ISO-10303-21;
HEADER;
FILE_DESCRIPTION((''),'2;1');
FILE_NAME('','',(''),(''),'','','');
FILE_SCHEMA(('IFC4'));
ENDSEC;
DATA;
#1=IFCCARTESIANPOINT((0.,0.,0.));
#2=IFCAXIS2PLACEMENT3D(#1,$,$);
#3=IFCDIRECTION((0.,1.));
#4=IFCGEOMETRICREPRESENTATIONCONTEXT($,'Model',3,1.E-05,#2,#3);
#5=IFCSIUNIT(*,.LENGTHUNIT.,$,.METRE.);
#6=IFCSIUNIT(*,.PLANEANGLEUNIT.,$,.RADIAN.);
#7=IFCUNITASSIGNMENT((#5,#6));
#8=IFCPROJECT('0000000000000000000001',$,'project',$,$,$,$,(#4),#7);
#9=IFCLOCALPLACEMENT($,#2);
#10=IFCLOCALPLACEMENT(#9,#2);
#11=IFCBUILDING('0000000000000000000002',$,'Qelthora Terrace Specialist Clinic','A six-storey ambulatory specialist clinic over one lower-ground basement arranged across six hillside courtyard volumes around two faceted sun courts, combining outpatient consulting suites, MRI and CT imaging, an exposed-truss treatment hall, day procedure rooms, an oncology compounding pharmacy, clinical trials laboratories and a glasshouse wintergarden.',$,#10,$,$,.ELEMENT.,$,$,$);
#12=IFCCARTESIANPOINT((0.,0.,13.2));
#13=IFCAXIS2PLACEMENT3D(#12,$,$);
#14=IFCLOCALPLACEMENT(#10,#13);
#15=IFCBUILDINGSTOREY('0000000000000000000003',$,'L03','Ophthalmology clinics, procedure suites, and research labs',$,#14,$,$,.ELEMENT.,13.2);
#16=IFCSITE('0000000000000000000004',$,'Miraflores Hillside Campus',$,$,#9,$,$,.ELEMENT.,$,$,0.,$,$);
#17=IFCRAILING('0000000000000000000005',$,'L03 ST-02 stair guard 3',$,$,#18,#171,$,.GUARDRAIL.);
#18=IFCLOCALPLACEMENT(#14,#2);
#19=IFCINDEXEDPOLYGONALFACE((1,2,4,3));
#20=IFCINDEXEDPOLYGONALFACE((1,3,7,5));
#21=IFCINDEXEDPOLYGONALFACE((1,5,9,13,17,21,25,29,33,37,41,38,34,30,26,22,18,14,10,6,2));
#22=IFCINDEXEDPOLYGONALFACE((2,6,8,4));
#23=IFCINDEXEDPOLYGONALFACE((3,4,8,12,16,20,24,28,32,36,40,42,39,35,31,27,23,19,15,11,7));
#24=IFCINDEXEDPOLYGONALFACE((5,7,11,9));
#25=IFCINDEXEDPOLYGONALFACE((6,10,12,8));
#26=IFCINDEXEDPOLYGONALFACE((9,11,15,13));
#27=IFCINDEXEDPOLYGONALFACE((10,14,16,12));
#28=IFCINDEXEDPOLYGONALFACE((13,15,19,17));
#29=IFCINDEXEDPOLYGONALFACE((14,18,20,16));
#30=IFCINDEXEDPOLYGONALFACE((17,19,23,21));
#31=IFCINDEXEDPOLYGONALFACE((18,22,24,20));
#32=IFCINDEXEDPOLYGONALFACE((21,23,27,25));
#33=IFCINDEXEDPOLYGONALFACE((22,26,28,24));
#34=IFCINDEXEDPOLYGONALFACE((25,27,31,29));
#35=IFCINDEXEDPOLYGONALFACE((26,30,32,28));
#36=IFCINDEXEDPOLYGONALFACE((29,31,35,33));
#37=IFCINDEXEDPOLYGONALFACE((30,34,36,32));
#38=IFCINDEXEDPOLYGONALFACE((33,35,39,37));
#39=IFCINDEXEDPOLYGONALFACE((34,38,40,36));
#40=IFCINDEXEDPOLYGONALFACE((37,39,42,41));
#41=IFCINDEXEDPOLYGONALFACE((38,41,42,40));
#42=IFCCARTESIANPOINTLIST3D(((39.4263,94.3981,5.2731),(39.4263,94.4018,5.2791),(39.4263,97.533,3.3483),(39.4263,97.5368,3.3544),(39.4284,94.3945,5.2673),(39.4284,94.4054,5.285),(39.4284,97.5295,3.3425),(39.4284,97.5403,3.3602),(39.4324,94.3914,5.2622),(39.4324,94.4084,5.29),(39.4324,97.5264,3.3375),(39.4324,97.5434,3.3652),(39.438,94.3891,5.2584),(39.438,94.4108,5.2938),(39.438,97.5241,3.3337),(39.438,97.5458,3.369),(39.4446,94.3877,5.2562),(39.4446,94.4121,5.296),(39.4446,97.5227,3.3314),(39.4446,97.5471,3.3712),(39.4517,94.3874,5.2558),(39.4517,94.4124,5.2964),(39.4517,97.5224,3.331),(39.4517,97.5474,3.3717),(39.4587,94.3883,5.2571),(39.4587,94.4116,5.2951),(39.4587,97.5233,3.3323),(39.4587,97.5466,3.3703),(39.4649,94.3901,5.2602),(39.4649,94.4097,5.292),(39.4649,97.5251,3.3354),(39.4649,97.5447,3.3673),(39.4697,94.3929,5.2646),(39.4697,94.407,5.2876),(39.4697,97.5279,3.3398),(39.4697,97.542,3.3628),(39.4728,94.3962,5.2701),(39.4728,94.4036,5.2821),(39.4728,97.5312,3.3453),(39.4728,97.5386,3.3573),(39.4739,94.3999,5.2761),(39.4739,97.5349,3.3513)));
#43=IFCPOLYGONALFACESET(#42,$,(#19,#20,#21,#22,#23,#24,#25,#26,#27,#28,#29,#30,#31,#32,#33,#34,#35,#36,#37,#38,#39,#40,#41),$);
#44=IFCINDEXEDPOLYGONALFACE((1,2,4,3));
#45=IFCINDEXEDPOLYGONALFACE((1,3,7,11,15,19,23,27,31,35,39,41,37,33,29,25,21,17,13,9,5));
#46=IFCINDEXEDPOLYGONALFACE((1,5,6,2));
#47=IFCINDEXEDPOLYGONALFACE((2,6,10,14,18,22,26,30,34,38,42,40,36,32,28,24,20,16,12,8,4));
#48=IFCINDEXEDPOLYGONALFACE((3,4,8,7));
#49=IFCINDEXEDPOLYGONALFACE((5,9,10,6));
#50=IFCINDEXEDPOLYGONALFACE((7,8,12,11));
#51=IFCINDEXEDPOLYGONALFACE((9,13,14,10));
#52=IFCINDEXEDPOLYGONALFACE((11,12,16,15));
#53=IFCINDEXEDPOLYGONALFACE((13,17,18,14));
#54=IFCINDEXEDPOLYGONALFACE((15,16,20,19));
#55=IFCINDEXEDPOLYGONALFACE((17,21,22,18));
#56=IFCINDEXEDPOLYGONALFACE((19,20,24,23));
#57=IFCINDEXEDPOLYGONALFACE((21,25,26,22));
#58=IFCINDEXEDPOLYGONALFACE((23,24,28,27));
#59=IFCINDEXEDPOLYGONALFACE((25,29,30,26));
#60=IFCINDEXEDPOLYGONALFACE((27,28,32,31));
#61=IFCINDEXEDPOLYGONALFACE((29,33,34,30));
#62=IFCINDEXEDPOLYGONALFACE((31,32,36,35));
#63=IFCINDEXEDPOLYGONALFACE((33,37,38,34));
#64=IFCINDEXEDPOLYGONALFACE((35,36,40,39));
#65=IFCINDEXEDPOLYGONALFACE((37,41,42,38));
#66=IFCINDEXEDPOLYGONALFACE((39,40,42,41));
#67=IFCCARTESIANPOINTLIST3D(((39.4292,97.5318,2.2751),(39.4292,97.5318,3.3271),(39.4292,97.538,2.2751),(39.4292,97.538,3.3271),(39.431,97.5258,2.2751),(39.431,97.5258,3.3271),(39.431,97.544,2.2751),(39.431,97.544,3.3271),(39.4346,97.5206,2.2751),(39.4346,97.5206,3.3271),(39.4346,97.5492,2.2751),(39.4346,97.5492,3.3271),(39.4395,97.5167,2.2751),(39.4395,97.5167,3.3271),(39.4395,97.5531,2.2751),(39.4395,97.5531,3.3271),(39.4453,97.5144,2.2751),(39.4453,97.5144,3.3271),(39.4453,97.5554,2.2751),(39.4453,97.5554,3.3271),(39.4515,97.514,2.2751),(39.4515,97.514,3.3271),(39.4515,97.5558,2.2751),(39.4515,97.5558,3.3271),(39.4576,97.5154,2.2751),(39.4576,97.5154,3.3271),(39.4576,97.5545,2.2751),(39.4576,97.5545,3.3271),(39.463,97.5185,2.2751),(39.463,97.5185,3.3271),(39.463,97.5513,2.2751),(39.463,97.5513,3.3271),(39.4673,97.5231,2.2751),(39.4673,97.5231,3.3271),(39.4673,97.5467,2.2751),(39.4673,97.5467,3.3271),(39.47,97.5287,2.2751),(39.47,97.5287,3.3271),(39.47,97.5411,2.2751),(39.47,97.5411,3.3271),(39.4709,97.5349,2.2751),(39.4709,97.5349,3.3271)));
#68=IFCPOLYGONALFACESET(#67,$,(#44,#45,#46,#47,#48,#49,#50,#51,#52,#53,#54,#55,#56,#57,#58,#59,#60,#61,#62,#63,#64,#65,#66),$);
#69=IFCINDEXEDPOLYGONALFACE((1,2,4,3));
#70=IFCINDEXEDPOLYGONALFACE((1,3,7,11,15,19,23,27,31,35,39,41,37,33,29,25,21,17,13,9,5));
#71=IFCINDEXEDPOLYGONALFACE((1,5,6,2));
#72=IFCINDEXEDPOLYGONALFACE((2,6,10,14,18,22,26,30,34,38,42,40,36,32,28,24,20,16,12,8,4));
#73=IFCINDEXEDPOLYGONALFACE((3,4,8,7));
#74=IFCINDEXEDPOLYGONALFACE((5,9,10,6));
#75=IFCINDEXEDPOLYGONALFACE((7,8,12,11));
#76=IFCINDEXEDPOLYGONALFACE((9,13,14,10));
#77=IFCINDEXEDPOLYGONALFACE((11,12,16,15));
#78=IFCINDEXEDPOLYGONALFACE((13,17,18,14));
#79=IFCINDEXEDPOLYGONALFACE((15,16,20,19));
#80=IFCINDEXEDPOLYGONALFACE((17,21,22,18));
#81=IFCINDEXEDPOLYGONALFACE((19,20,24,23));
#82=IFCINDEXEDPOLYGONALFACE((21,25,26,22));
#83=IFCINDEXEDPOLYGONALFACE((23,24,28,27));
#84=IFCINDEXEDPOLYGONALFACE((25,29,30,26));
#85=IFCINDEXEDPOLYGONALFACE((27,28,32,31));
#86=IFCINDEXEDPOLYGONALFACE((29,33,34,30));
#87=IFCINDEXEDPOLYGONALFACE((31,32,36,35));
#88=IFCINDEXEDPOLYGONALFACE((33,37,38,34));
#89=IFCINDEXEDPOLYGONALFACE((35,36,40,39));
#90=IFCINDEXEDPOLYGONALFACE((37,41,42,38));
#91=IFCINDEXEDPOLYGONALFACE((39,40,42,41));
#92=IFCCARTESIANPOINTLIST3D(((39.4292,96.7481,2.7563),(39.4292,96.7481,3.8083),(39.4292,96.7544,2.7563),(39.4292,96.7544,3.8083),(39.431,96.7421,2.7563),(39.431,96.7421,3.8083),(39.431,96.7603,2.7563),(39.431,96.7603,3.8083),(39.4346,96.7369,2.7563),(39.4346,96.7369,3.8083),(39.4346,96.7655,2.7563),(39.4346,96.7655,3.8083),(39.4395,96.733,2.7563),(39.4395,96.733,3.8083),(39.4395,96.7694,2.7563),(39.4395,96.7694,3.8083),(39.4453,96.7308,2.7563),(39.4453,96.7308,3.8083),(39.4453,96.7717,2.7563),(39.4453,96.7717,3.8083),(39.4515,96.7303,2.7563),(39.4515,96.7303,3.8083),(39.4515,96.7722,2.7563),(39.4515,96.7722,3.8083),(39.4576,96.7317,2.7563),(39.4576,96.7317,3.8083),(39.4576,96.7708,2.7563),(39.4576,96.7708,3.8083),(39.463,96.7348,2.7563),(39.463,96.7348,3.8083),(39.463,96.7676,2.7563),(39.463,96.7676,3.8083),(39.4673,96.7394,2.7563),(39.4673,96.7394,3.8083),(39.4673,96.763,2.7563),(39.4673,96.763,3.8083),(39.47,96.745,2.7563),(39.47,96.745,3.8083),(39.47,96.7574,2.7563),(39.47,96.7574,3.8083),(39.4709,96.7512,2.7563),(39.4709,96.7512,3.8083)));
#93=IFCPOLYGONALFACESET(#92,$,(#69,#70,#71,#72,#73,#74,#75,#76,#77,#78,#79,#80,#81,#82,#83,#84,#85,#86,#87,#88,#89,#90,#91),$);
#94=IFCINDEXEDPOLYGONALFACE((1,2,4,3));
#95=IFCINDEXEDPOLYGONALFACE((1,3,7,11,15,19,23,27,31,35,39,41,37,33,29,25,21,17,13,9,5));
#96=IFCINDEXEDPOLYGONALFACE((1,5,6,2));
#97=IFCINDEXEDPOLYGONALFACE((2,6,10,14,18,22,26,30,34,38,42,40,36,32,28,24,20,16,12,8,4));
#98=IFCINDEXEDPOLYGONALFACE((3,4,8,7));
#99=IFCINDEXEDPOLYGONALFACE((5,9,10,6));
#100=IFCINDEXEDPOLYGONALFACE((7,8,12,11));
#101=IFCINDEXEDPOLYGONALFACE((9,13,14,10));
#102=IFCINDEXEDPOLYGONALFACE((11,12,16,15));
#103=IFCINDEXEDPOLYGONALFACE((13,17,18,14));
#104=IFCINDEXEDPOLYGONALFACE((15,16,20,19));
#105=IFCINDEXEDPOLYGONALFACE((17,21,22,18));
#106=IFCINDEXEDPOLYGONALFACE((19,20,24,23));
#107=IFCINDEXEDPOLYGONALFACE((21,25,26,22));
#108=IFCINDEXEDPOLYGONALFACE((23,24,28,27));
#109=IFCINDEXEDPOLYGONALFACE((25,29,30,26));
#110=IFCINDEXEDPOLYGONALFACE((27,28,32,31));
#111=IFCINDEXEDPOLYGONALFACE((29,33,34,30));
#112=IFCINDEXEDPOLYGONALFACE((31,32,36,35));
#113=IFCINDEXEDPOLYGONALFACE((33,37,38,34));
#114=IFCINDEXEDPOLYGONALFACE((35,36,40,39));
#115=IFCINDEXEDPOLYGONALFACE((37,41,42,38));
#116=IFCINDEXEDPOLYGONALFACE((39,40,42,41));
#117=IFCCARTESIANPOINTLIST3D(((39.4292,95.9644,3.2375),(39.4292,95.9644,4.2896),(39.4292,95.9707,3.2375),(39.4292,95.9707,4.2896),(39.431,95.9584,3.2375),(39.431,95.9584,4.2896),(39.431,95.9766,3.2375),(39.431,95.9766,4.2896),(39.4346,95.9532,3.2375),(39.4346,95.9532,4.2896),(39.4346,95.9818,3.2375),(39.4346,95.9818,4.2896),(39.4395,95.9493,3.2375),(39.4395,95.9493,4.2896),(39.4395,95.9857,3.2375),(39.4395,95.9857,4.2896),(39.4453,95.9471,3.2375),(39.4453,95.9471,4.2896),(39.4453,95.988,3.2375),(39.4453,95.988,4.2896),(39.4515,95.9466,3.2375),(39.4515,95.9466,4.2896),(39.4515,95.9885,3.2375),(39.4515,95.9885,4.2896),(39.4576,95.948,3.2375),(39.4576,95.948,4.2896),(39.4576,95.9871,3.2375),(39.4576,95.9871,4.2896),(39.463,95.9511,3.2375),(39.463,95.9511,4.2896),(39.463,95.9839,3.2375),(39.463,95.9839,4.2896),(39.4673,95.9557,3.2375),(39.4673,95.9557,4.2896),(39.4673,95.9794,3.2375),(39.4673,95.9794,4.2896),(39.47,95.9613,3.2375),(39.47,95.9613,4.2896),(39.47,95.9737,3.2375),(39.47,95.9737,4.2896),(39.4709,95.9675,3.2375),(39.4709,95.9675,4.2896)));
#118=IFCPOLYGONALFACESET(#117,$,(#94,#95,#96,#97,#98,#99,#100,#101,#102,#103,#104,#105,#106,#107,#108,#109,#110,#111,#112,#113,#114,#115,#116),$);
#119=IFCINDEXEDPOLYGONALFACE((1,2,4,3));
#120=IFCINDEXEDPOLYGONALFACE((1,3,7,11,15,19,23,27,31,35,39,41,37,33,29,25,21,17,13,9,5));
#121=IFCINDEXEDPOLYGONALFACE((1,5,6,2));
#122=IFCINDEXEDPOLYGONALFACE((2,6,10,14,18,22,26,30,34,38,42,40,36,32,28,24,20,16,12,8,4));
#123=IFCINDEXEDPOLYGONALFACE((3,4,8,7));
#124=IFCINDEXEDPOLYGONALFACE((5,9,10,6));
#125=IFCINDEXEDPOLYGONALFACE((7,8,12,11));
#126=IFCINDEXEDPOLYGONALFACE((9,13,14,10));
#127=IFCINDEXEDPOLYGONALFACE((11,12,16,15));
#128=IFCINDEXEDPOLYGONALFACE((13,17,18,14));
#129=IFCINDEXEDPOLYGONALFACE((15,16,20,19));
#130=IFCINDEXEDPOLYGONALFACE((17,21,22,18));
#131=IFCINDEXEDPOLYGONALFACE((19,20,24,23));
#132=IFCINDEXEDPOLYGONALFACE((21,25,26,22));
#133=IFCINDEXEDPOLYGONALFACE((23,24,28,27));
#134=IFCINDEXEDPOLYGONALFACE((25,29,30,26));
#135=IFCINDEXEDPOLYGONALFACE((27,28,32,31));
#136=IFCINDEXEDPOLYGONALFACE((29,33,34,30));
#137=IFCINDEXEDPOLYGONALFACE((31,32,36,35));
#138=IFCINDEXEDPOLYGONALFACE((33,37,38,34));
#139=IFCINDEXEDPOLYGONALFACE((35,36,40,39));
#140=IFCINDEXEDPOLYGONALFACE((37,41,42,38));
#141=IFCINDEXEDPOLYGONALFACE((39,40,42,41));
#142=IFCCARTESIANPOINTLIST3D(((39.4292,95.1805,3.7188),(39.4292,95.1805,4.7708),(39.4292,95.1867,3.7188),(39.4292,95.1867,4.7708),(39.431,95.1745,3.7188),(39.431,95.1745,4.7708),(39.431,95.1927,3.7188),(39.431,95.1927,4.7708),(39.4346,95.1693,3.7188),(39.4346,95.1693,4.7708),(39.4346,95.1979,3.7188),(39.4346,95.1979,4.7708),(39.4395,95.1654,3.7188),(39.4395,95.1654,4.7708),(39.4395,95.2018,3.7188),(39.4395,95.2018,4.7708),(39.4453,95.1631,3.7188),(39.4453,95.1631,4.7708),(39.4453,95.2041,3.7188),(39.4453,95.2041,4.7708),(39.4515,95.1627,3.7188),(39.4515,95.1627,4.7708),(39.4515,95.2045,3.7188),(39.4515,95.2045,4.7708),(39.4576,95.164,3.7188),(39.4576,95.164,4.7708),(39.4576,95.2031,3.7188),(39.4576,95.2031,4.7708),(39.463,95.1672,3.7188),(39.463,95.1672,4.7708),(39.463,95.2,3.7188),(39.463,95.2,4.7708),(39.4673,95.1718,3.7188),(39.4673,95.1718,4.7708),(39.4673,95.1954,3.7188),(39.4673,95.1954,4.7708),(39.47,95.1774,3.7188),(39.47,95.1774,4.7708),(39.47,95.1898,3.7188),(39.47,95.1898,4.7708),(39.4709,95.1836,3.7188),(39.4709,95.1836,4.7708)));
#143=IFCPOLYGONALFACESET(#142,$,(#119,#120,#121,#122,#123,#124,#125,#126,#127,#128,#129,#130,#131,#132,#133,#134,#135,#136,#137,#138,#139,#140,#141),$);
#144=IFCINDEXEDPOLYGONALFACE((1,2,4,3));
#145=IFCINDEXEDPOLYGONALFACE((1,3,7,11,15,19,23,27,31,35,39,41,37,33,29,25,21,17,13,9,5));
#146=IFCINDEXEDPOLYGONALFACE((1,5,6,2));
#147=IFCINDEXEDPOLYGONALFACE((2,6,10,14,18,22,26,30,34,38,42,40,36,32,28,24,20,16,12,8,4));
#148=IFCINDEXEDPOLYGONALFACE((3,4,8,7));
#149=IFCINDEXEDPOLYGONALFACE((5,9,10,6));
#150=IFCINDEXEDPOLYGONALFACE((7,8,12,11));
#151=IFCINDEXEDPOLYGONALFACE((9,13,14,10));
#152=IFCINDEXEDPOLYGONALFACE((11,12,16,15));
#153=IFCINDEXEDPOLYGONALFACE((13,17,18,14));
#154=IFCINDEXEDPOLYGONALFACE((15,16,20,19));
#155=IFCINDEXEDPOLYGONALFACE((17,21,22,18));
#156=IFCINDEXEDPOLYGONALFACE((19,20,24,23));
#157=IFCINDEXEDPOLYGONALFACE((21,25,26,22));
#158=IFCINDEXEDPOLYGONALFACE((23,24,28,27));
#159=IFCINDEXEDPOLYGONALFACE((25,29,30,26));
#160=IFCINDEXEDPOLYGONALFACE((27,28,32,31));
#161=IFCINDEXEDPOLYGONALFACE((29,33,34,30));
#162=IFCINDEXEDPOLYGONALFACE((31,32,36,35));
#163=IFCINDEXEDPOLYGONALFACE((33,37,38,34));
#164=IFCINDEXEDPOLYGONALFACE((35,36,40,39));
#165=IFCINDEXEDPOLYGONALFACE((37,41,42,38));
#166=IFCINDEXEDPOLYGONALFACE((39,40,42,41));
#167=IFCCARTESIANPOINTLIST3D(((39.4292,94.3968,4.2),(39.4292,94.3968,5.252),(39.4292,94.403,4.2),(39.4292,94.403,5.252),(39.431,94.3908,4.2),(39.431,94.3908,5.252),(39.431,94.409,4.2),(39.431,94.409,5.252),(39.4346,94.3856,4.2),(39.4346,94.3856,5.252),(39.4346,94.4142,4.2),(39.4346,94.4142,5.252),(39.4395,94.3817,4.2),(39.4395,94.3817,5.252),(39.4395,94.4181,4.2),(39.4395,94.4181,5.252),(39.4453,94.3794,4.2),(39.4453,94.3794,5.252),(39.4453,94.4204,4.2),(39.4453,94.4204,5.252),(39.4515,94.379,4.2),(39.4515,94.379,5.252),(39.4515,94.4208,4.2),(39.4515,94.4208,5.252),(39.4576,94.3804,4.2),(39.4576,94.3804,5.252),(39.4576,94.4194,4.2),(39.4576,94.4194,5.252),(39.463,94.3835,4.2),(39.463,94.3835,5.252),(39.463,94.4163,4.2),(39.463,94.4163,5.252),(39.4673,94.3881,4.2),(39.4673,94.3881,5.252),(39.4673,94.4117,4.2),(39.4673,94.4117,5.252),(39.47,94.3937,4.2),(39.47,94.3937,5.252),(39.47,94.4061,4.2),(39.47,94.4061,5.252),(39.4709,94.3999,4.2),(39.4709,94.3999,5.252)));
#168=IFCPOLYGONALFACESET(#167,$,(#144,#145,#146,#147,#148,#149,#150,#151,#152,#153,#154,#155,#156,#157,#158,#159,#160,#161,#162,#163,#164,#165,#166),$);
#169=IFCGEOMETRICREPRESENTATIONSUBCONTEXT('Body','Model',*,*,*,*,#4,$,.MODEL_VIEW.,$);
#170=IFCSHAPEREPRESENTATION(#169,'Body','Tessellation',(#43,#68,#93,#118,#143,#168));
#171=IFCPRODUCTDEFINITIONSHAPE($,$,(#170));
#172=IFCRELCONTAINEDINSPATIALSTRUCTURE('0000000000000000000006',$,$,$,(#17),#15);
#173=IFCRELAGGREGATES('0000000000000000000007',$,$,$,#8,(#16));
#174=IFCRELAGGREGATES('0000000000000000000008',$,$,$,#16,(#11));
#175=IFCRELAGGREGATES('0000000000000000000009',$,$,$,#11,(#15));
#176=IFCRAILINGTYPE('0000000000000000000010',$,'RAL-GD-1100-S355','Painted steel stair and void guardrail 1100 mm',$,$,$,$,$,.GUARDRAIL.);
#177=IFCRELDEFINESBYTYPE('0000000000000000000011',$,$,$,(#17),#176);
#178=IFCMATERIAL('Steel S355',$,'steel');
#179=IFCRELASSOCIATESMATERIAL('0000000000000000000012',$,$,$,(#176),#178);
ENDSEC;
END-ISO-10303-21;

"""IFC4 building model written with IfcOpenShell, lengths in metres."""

from ifc_helpers import new_model, si_unit, direction, frame, origin, origin_2d, place, context, subcontext, project, spatial, circle, extrude, material, type_object, element, save


model = new_model("IFC4")

# Units and contexts
model_context = context("Model", 3, precision=1e-05, world=origin(), true_north=direction((0.0, 1.0)))
body_context = subcontext(model_context, "Body", "Model", "MODEL_VIEW")
ifc_project = project(units=[si_unit("LENGTHUNIT", "METRE"), si_unit("PLANEANGLEUNIT", "RADIAN")], contexts=[model_context])

# Site, building, storey
site_placement = place(None, origin())
site = spatial("IfcSite", under=ifc_project, at=site_placement, Name="Miraflores Hillside Campus", CompositionType="ELEMENT", RefElevation=0.0)
building_placement = place(site_placement, origin())
building = spatial("IfcBuilding", under=site, at=building_placement, Name="Qelthora Terrace Specialist Clinic", Description="A six-storey ambulatory specialist clinic over one lower-ground basement arranged across six hillside courtyard volumes around two faceted sun courts, combining outpatient consulting suites, MRI and CT imaging, an exposed-truss treatment hall, day procedure rooms, an oncology compounding pharmacy, clinical trials laboratories and a glasshouse wintergarden.", CompositionType="ELEMENT")
storey_placement = place(building_placement, frame((0.0, 0.0, 13.2)))
storey = spatial("IfcBuildingStorey", under=building, at=storey_placement, Name="L03", Description="Ophthalmology clinics, procedure suites, and research labs", CompositionType="ELEMENT", Elevation=13.2)

# Shared definitions
ifc_material_1 = material(Name="Steel S355", Category="steel")

# Railing
railing_type_1 = type_object("IfcRailingType", Name="RAL-GD-1100-S355", Description="Painted steel stair and void guardrail 1100 mm", PredefinedType="GUARDRAIL", material=ifc_material_1)
railing_1_placement = place(storey_placement, frame((39.45, 97.5349, 2.2751)))
element("IfcRailing", 1, at=railing_1_placement, inside=storey, type_object=railing_type_1, Name="L03 ST-02 stair guard 3", PredefinedType="GUARDRAIL", context=body_context, shape_type="SweptSolid", body=[
    extrude(circle(Radius=0.0239, at=origin_2d()), frame((0.0, 0.0, 1.0762), z_axis=(0.0, -0.852196, 0.523223), x_axis=(1.0, 0.0, 0.0)), (0.0, 0.0, 1.0), 3.6787),
    extrude(circle(Radius=0.021, at=origin_2d()), origin(), (0.0, 0.0, 1.0), 1.052),
    extrude(circle(Radius=0.021, at=origin_2d()), frame((0.0, -0.7837, 0.4812)), (0.0, 0.0, 1.0), 1.052),
    extrude(circle(Radius=0.021, at=origin_2d()), frame((0.0, -1.5674, 0.9624)), (0.0, 0.0, 1.0), 1.052),
    extrude(circle(Radius=0.021, at=origin_2d()), frame((0.0, -2.3513, 1.4436)), (0.0, 0.0, 1.0), 1.052),
    extrude(circle(Radius=0.021, at=origin_2d()), frame((0.0, -3.135, 1.9248)), (0.0, 0.0, 1.0), 1.052),
])

save(model, "model.ifc")
